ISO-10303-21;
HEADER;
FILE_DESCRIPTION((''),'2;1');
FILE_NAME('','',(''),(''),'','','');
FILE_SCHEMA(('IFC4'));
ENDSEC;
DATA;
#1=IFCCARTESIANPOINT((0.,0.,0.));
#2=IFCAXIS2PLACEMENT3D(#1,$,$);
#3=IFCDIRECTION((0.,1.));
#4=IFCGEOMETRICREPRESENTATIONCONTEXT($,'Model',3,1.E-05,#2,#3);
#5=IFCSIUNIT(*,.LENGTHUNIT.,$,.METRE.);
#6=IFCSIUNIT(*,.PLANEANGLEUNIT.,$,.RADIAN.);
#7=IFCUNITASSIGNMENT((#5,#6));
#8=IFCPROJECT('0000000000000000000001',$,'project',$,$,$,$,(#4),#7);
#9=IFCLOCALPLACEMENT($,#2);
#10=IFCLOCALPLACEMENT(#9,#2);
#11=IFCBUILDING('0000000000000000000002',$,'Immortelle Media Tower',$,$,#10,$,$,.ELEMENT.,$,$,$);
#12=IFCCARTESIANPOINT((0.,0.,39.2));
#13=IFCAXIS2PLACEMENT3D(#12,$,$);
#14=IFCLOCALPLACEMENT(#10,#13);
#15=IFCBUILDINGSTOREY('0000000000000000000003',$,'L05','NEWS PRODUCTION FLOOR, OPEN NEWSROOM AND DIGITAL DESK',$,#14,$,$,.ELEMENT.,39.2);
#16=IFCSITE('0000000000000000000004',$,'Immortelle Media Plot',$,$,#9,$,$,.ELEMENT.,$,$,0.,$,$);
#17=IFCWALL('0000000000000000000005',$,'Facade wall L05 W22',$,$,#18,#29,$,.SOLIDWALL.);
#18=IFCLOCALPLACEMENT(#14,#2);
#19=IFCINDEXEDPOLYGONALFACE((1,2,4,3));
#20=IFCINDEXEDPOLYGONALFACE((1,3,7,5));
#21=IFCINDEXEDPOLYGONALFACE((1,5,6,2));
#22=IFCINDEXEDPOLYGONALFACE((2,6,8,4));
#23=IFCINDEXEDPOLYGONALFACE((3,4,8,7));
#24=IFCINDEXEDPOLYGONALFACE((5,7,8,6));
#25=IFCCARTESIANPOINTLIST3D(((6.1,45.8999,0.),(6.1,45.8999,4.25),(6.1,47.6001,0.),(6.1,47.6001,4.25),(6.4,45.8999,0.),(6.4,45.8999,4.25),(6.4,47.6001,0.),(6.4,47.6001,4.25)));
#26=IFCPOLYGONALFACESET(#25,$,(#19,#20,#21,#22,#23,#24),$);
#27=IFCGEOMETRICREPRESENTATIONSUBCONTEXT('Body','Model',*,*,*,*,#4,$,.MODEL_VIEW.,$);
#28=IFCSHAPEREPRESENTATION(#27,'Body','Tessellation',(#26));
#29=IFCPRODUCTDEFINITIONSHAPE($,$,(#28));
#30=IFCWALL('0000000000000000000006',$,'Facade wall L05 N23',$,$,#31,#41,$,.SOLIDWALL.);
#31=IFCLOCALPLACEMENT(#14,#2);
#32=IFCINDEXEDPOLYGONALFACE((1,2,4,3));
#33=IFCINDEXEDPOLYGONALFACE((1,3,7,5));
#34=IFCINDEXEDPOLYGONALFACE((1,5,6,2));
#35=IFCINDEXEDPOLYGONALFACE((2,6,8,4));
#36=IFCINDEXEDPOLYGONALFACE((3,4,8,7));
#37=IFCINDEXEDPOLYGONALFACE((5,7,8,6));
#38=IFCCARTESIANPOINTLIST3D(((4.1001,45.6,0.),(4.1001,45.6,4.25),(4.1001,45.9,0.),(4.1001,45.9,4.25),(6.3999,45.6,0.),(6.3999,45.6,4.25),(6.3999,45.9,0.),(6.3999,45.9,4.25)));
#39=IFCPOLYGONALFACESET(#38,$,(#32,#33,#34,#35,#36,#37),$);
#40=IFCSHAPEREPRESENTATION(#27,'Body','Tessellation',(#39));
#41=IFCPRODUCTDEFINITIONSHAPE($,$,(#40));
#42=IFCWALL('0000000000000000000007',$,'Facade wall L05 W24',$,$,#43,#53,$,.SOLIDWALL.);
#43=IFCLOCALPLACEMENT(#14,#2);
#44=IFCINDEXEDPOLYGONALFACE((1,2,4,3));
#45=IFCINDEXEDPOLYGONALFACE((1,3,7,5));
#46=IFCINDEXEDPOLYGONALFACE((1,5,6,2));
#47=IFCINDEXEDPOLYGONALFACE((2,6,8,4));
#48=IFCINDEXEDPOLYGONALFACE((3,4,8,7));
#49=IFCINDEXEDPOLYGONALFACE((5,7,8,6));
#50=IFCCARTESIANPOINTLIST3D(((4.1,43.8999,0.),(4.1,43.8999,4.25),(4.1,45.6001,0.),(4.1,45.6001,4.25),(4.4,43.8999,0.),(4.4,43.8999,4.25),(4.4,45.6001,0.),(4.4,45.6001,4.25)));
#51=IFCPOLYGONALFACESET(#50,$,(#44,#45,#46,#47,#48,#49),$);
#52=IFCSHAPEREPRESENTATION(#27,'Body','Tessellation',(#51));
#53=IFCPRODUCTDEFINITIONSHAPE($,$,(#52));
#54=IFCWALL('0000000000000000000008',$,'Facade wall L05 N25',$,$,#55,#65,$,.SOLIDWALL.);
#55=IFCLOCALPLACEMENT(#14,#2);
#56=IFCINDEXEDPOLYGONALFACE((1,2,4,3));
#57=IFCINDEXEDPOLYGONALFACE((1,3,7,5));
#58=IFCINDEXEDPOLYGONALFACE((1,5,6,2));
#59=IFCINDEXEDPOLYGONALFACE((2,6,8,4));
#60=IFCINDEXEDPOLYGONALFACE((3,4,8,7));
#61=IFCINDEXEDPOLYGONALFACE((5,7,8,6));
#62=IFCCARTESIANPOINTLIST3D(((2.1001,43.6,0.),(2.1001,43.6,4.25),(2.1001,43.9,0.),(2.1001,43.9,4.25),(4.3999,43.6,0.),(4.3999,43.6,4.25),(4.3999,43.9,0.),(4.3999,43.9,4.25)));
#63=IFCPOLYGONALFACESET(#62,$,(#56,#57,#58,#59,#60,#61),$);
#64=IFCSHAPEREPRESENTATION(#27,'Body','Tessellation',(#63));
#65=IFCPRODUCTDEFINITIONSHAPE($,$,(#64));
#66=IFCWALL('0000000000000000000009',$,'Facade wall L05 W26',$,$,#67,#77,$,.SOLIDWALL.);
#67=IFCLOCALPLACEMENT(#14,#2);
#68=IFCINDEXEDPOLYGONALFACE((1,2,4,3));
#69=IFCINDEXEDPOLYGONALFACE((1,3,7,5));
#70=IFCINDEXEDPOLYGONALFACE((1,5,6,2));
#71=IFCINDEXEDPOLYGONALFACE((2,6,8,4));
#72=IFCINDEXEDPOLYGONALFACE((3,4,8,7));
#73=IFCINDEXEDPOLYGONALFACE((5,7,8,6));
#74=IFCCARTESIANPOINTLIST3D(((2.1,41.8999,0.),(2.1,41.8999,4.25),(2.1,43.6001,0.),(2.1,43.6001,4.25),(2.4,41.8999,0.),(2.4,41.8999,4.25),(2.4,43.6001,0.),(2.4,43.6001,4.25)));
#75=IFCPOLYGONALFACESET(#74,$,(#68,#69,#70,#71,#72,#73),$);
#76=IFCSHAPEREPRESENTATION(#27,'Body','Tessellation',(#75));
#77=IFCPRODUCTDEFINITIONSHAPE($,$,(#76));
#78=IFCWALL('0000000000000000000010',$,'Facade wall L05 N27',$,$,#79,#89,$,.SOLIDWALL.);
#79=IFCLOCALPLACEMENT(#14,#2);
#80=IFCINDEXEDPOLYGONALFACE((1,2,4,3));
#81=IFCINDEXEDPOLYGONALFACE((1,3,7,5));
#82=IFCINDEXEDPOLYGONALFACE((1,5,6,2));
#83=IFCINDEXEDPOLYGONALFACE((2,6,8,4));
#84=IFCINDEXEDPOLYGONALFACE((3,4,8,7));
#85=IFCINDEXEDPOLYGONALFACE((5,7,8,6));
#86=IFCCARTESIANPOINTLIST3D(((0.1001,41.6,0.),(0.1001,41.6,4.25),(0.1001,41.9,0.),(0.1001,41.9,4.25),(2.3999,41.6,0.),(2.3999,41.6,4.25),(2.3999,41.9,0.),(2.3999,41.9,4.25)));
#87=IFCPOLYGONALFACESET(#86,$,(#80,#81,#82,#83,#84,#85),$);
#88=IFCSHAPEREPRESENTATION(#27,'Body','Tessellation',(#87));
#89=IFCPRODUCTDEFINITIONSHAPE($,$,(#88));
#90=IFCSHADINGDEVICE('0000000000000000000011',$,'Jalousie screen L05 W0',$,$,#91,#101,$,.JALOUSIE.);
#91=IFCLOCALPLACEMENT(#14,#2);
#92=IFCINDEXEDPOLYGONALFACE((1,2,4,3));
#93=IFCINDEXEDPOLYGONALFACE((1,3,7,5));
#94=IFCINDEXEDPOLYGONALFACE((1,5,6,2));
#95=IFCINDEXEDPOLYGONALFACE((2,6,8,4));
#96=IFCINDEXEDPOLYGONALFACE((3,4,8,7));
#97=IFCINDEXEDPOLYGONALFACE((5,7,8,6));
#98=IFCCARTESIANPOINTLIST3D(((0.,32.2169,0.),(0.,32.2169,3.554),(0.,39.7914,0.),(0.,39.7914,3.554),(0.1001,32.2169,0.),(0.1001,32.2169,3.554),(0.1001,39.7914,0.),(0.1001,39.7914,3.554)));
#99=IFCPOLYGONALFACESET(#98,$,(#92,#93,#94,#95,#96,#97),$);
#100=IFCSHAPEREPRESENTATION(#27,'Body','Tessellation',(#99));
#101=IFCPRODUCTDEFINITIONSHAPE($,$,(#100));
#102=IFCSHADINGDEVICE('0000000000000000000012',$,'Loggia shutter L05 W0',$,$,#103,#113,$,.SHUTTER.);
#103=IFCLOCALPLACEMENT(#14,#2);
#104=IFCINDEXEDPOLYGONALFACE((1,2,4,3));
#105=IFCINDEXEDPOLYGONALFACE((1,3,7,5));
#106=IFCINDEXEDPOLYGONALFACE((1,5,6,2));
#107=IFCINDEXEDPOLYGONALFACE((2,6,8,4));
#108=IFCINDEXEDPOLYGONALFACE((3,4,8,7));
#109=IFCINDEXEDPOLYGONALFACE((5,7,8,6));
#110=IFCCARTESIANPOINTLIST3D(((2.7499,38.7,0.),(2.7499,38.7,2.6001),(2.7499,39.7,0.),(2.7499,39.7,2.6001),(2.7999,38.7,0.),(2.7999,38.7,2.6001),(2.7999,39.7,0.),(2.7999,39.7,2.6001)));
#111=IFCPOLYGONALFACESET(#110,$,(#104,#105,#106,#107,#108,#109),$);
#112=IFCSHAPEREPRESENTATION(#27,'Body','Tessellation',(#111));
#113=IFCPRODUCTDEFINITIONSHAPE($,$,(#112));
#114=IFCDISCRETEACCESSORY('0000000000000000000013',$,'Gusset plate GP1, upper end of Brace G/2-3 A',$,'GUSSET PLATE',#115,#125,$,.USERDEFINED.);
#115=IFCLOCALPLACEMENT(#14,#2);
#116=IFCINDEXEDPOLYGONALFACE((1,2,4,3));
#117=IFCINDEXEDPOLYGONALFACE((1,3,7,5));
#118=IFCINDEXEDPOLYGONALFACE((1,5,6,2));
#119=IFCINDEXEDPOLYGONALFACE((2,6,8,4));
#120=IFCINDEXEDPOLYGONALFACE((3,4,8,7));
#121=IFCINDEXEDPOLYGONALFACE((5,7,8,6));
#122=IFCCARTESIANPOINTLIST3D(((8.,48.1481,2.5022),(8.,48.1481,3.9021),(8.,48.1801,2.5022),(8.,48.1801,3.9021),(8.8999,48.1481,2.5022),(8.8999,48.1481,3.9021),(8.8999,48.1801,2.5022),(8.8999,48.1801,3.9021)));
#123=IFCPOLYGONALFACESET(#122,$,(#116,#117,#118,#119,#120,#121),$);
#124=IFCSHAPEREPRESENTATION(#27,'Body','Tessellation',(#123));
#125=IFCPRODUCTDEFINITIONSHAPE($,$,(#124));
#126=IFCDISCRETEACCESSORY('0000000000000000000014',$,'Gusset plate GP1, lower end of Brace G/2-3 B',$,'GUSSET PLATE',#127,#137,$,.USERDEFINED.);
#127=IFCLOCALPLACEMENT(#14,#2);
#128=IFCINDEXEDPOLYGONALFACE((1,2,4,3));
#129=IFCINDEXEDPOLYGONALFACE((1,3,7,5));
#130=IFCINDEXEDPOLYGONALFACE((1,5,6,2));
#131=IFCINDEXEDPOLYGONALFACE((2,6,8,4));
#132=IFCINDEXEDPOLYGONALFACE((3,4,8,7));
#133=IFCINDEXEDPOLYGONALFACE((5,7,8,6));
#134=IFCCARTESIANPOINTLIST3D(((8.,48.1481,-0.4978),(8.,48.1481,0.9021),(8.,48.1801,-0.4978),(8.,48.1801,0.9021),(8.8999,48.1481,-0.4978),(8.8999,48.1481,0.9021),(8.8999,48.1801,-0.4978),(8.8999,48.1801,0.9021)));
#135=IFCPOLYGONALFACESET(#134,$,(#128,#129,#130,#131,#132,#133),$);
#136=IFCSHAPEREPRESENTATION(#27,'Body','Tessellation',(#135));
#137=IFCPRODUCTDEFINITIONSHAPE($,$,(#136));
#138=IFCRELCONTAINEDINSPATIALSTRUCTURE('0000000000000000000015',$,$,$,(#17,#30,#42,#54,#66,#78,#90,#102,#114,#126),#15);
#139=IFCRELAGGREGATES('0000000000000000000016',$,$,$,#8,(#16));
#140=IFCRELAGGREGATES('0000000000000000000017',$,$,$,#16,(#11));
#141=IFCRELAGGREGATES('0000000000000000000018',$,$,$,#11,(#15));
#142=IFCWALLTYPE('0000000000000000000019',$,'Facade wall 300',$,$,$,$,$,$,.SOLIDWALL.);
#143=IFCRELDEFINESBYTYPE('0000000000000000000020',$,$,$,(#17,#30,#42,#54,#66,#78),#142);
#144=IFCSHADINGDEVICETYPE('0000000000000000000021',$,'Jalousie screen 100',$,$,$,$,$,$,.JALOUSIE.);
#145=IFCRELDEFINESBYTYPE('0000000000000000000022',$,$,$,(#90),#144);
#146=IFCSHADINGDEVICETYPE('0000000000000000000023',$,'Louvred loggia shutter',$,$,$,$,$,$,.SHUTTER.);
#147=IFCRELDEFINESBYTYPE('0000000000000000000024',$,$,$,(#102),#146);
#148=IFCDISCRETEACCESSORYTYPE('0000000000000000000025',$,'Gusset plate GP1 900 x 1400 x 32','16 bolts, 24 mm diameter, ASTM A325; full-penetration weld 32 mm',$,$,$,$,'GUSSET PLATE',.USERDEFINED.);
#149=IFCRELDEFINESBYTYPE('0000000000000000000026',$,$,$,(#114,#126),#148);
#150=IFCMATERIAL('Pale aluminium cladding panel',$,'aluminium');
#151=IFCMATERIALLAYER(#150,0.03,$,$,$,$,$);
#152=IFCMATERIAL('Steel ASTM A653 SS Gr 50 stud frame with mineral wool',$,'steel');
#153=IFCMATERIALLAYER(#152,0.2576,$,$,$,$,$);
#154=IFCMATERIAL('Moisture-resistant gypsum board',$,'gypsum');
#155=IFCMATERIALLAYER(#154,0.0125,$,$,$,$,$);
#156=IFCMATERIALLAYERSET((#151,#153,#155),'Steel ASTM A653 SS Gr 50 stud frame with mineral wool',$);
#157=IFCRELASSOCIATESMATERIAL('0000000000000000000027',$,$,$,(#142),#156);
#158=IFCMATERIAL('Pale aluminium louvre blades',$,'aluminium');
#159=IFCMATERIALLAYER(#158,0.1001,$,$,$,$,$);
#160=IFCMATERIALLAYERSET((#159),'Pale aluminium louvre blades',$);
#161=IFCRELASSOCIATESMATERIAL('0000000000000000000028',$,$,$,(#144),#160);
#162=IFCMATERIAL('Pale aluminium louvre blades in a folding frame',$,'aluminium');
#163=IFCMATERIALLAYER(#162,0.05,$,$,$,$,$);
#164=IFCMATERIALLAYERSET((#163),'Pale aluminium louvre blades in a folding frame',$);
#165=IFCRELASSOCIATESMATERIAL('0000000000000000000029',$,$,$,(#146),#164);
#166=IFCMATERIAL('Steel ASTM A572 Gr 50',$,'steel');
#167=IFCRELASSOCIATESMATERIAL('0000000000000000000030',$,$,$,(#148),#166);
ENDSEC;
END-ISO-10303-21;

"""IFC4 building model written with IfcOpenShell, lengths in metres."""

from ifc_helpers import new_model, si_unit, direction, frame, frame_2d, origin, origin_2d, place, context, subcontext, project, spatial, rectangle, extrude, material, layer, layer_set, material_profile, profile_set, type_object, element, save


model = new_model("IFC4")

# Units and contexts
model_context = context("Model", 3, precision=1e-05, world=origin(), true_north=direction((0.0, 1.0)))
body_context = subcontext(model_context, "Body", "Model", "MODEL_VIEW")
ifc_project = project(units=[si_unit("LENGTHUNIT", "METRE"), si_unit("PLANEANGLEUNIT", "RADIAN")], contexts=[model_context])

# Site, building, storey
site_placement = place(None, origin())
site = spatial("IfcSite", under=ifc_project, at=site_placement, Name="Immortelle Media Plot", CompositionType="ELEMENT", RefElevation=0.0)
building_placement = place(site_placement, origin())
building = spatial("IfcBuilding", under=site, at=building_placement, Name="Immortelle Media Tower", CompositionType="ELEMENT")
storey_placement = place(building_placement, frame((0.0, 0.0, 39.2)))
storey = spatial("IfcBuildingStorey", under=building, at=storey_placement, Name="L05", Description="NEWS PRODUCTION FLOOR, OPEN NEWSROOM AND DIGITAL DESK", CompositionType="ELEMENT", Elevation=39.2)

# Shared definitions
ifc_material_1 = material(Name="Pale aluminium cladding panel", Category="aluminium")
ifc_layer_1 = layer(ifc_material_1, 0.03)
ifc_material_2 = material(Name="Steel ASTM A653 SS Gr 50 stud frame with mineral wool", Category="steel")
ifc_layer_2 = layer(ifc_material_2, 0.2576)
ifc_material_3 = material(Name="Moisture-resistant gypsum board", Category="gypsum")
ifc_layer_3 = layer(ifc_material_3, 0.0125)
ifc_layer_set_1 = layer_set([ifc_layer_1, ifc_layer_2, ifc_layer_3], Name="Steel ASTM A653 SS Gr 50 stud frame with mineral wool")
wall_type = type_object("IfcWallType", Name="Facade wall 300", PredefinedType="SOLIDWALL", material=ifc_layer_set_1)

# Walls
wall_1_placement = place(storey_placement, frame((6.25, 47.6001, 0.0), z_axis=(0.0, 0.0, 1.0), x_axis=(0.0, -1.0, 0.0)))
element("IfcWall", 1, at=wall_1_placement, inside=storey, type_object=wall_type, Name="Facade wall L05 W22", PredefinedType="SOLIDWALL", context=body_context, shape_type="SweptSolid", body=[
    extrude(rectangle(XDim=1.7002, YDim=0.3, at=frame_2d((0.8501, 0.0))), origin(), (0.0, 0.0, 1.0), 4.25),
])
wall_2_placement = place(storey_placement, frame((6.3999, 45.75, 0.0), z_axis=(0.0, 0.0, 1.0), x_axis=(-1.0, 0.0, 0.0)))
element("IfcWall", 2, at=wall_2_placement, inside=storey, type_object=wall_type, Name="Facade wall L05 N23", PredefinedType="SOLIDWALL", context=body_context, shape_type="SweptSolid", body=[
    extrude(rectangle(XDim=2.2998, YDim=0.3, at=frame_2d((1.1499, 0.0))), origin(), (0.0, 0.0, 1.0), 4.25),
])
wall_3_placement = place(storey_placement, frame((4.25, 45.6001, 0.0), z_axis=(0.0, 0.0, 1.0), x_axis=(0.0, -1.0, 0.0)))
element("IfcWall", 3, at=wall_3_placement, inside=storey, type_object=wall_type, Name="Facade wall L05 W24", PredefinedType="SOLIDWALL", context=body_context, shape_type="SweptSolid", body=[
    extrude(rectangle(XDim=1.7002, YDim=0.3, at=frame_2d((0.8501, 0.0))), origin(), (0.0, 0.0, 1.0), 4.25),
])
wall_4_placement = place(storey_placement, frame((4.3999, 43.75, 0.0), z_axis=(0.0, 0.0, 1.0), x_axis=(-1.0, 0.0, 0.0)))
element("IfcWall", 4, at=wall_4_placement, inside=storey, type_object=wall_type, Name="Facade wall L05 N25", PredefinedType="SOLIDWALL", context=body_context, shape_type="SweptSolid", body=[
    extrude(rectangle(XDim=2.2998, YDim=0.3, at=frame_2d((1.1499, 0.0))), origin(), (0.0, 0.0, 1.0), 4.25),
])
wall_5_placement = place(storey_placement, frame((2.25, 43.6001, 0.0), z_axis=(0.0, 0.0, 1.0), x_axis=(0.0, -1.0, 0.0)))
element("IfcWall", 5, at=wall_5_placement, inside=storey, type_object=wall_type, Name="Facade wall L05 W26", PredefinedType="SOLIDWALL", context=body_context, shape_type="SweptSolid", body=[
    extrude(rectangle(XDim=1.7002, YDim=0.3, at=frame_2d((0.8501, 0.0))), origin(), (0.0, 0.0, 1.0), 4.25),
])
wall_6_placement = place(storey_placement, frame((2.3999, 41.75, 0.0), z_axis=(0.0, 0.0, 1.0), x_axis=(-1.0, 0.0, 0.0)))
element("IfcWall", 6, at=wall_6_placement, inside=storey, type_object=wall_type, Name="Facade wall L05 N27", PredefinedType="SOLIDWALL", context=body_context, shape_type="SweptSolid", body=[
    extrude(rectangle(XDim=2.2998, YDim=0.3, at=frame_2d((1.1499, 0.0))), origin(), (0.0, 0.0, 1.0), 4.25),
])

# Shading devices
ifc_material_4 = material(Name="Pale aluminium louvre blades", Category="aluminium")
ifc_layer_4 = layer(ifc_material_4, 0.1001)
ifc_layer_set_2 = layer_set([ifc_layer_4], Name="Pale aluminium louvre blades")
shading_device_type_1 = type_object("IfcShadingDeviceType", Name="Jalousie screen 100", PredefinedType="JALOUSIE", material=ifc_layer_set_2)
shading_device_1_placement = place(storey_placement, frame((0.05, 36.0042, 0.0), z_axis=(0.0, 0.0, 1.0), x_axis=(0.0, -1.0, 0.0)))
element("IfcShadingDevice", 7, at=shading_device_1_placement, inside=storey, type_object=shading_device_type_1, Name="Jalousie screen L05 W0", PredefinedType="JALOUSIE", context=body_context, shape_type="SweptSolid", body=[
    extrude(rectangle(XDim=7.5745, YDim=0.1001, at=origin_2d()), origin(), (0.0, 0.0, 1.0), 3.554),
])
ifc_material_5 = material(Name="Pale aluminium louvre blades in a folding frame", Category="aluminium")
ifc_layer_5 = layer(ifc_material_5, 0.05)
ifc_layer_set_3 = layer_set([ifc_layer_5], Name="Pale aluminium louvre blades in a folding frame")
shading_device_type_2 = type_object("IfcShadingDeviceType", Name="Louvred loggia shutter", PredefinedType="SHUTTER", material=ifc_layer_set_3)
shading_device_2_placement = place(storey_placement, frame((2.7749, 39.2, 0.0), z_axis=(0.0, 0.0, 1.0), x_axis=(0.0, -1.0, 0.0)))
element("IfcShadingDevice", 8, at=shading_device_2_placement, inside=storey, type_object=shading_device_type_2, Name="Loggia shutter L05 W0", PredefinedType="SHUTTER", context=body_context, shape_type="SweptSolid", body=[
    extrude(rectangle(XDim=1.0, YDim=0.05, at=origin_2d()), origin(), (0.0, 0.0, 1.0), 2.6001),
])

# Discrete accessories
ifc_material_6 = material(Name="Steel ASTM A572 Gr 50", Category="steel")
ifc_material_profile_1 = material_profile(ifc_material_6, rectangle(XDim=0.032, YDim=1.3999, at=origin_2d()), Name="PL 32 x 1400")
ifc_profile_set_1 = profile_set([ifc_material_profile_1], Name="Steel ASTM A572 Gr 50")
discrete_accessory_type = type_object("IfcDiscreteAccessoryType", Name="Gusset plate GP1 900 x 1400 x 32", Description="16 bolts, 24 mm diameter, ASTM A325; full-penetration weld 32 mm", ElementType="GUSSET PLATE", PredefinedType="USERDEFINED", material=ifc_profile_set_1)
for number, where, z_axis, x_axis, name in (
    (9, (8.0, 48.1641, 3.2021), (1.0, 0.0, 0.0), (0.0, 1.0, 0.0), "Gusset plate GP1, upper end of Brace G/2-3 A"),
    (10, (8.0, 48.1641, 0.2021), (1.0, 0.0, 0.0), (0.0, 1.0, 0.0), "Gusset plate GP1, lower end of Brace G/2-3 B"),
):
    element("IfcDiscreteAccessory", number, at=place(storey_placement, frame(where, z_axis=z_axis, x_axis=x_axis)), inside=storey, type_object=discrete_accessory_type, Name=name, ObjectType="GUSSET PLATE", PredefinedType="USERDEFINED", context=body_context, shape_type="SweptSolid", body=[
        extrude(rectangle(XDim=0.032, YDim=1.3999, at=origin_2d()), origin(), (0.0, 0.0, 1.0), 0.8999),
    ])

save(model, "model.ifc")
